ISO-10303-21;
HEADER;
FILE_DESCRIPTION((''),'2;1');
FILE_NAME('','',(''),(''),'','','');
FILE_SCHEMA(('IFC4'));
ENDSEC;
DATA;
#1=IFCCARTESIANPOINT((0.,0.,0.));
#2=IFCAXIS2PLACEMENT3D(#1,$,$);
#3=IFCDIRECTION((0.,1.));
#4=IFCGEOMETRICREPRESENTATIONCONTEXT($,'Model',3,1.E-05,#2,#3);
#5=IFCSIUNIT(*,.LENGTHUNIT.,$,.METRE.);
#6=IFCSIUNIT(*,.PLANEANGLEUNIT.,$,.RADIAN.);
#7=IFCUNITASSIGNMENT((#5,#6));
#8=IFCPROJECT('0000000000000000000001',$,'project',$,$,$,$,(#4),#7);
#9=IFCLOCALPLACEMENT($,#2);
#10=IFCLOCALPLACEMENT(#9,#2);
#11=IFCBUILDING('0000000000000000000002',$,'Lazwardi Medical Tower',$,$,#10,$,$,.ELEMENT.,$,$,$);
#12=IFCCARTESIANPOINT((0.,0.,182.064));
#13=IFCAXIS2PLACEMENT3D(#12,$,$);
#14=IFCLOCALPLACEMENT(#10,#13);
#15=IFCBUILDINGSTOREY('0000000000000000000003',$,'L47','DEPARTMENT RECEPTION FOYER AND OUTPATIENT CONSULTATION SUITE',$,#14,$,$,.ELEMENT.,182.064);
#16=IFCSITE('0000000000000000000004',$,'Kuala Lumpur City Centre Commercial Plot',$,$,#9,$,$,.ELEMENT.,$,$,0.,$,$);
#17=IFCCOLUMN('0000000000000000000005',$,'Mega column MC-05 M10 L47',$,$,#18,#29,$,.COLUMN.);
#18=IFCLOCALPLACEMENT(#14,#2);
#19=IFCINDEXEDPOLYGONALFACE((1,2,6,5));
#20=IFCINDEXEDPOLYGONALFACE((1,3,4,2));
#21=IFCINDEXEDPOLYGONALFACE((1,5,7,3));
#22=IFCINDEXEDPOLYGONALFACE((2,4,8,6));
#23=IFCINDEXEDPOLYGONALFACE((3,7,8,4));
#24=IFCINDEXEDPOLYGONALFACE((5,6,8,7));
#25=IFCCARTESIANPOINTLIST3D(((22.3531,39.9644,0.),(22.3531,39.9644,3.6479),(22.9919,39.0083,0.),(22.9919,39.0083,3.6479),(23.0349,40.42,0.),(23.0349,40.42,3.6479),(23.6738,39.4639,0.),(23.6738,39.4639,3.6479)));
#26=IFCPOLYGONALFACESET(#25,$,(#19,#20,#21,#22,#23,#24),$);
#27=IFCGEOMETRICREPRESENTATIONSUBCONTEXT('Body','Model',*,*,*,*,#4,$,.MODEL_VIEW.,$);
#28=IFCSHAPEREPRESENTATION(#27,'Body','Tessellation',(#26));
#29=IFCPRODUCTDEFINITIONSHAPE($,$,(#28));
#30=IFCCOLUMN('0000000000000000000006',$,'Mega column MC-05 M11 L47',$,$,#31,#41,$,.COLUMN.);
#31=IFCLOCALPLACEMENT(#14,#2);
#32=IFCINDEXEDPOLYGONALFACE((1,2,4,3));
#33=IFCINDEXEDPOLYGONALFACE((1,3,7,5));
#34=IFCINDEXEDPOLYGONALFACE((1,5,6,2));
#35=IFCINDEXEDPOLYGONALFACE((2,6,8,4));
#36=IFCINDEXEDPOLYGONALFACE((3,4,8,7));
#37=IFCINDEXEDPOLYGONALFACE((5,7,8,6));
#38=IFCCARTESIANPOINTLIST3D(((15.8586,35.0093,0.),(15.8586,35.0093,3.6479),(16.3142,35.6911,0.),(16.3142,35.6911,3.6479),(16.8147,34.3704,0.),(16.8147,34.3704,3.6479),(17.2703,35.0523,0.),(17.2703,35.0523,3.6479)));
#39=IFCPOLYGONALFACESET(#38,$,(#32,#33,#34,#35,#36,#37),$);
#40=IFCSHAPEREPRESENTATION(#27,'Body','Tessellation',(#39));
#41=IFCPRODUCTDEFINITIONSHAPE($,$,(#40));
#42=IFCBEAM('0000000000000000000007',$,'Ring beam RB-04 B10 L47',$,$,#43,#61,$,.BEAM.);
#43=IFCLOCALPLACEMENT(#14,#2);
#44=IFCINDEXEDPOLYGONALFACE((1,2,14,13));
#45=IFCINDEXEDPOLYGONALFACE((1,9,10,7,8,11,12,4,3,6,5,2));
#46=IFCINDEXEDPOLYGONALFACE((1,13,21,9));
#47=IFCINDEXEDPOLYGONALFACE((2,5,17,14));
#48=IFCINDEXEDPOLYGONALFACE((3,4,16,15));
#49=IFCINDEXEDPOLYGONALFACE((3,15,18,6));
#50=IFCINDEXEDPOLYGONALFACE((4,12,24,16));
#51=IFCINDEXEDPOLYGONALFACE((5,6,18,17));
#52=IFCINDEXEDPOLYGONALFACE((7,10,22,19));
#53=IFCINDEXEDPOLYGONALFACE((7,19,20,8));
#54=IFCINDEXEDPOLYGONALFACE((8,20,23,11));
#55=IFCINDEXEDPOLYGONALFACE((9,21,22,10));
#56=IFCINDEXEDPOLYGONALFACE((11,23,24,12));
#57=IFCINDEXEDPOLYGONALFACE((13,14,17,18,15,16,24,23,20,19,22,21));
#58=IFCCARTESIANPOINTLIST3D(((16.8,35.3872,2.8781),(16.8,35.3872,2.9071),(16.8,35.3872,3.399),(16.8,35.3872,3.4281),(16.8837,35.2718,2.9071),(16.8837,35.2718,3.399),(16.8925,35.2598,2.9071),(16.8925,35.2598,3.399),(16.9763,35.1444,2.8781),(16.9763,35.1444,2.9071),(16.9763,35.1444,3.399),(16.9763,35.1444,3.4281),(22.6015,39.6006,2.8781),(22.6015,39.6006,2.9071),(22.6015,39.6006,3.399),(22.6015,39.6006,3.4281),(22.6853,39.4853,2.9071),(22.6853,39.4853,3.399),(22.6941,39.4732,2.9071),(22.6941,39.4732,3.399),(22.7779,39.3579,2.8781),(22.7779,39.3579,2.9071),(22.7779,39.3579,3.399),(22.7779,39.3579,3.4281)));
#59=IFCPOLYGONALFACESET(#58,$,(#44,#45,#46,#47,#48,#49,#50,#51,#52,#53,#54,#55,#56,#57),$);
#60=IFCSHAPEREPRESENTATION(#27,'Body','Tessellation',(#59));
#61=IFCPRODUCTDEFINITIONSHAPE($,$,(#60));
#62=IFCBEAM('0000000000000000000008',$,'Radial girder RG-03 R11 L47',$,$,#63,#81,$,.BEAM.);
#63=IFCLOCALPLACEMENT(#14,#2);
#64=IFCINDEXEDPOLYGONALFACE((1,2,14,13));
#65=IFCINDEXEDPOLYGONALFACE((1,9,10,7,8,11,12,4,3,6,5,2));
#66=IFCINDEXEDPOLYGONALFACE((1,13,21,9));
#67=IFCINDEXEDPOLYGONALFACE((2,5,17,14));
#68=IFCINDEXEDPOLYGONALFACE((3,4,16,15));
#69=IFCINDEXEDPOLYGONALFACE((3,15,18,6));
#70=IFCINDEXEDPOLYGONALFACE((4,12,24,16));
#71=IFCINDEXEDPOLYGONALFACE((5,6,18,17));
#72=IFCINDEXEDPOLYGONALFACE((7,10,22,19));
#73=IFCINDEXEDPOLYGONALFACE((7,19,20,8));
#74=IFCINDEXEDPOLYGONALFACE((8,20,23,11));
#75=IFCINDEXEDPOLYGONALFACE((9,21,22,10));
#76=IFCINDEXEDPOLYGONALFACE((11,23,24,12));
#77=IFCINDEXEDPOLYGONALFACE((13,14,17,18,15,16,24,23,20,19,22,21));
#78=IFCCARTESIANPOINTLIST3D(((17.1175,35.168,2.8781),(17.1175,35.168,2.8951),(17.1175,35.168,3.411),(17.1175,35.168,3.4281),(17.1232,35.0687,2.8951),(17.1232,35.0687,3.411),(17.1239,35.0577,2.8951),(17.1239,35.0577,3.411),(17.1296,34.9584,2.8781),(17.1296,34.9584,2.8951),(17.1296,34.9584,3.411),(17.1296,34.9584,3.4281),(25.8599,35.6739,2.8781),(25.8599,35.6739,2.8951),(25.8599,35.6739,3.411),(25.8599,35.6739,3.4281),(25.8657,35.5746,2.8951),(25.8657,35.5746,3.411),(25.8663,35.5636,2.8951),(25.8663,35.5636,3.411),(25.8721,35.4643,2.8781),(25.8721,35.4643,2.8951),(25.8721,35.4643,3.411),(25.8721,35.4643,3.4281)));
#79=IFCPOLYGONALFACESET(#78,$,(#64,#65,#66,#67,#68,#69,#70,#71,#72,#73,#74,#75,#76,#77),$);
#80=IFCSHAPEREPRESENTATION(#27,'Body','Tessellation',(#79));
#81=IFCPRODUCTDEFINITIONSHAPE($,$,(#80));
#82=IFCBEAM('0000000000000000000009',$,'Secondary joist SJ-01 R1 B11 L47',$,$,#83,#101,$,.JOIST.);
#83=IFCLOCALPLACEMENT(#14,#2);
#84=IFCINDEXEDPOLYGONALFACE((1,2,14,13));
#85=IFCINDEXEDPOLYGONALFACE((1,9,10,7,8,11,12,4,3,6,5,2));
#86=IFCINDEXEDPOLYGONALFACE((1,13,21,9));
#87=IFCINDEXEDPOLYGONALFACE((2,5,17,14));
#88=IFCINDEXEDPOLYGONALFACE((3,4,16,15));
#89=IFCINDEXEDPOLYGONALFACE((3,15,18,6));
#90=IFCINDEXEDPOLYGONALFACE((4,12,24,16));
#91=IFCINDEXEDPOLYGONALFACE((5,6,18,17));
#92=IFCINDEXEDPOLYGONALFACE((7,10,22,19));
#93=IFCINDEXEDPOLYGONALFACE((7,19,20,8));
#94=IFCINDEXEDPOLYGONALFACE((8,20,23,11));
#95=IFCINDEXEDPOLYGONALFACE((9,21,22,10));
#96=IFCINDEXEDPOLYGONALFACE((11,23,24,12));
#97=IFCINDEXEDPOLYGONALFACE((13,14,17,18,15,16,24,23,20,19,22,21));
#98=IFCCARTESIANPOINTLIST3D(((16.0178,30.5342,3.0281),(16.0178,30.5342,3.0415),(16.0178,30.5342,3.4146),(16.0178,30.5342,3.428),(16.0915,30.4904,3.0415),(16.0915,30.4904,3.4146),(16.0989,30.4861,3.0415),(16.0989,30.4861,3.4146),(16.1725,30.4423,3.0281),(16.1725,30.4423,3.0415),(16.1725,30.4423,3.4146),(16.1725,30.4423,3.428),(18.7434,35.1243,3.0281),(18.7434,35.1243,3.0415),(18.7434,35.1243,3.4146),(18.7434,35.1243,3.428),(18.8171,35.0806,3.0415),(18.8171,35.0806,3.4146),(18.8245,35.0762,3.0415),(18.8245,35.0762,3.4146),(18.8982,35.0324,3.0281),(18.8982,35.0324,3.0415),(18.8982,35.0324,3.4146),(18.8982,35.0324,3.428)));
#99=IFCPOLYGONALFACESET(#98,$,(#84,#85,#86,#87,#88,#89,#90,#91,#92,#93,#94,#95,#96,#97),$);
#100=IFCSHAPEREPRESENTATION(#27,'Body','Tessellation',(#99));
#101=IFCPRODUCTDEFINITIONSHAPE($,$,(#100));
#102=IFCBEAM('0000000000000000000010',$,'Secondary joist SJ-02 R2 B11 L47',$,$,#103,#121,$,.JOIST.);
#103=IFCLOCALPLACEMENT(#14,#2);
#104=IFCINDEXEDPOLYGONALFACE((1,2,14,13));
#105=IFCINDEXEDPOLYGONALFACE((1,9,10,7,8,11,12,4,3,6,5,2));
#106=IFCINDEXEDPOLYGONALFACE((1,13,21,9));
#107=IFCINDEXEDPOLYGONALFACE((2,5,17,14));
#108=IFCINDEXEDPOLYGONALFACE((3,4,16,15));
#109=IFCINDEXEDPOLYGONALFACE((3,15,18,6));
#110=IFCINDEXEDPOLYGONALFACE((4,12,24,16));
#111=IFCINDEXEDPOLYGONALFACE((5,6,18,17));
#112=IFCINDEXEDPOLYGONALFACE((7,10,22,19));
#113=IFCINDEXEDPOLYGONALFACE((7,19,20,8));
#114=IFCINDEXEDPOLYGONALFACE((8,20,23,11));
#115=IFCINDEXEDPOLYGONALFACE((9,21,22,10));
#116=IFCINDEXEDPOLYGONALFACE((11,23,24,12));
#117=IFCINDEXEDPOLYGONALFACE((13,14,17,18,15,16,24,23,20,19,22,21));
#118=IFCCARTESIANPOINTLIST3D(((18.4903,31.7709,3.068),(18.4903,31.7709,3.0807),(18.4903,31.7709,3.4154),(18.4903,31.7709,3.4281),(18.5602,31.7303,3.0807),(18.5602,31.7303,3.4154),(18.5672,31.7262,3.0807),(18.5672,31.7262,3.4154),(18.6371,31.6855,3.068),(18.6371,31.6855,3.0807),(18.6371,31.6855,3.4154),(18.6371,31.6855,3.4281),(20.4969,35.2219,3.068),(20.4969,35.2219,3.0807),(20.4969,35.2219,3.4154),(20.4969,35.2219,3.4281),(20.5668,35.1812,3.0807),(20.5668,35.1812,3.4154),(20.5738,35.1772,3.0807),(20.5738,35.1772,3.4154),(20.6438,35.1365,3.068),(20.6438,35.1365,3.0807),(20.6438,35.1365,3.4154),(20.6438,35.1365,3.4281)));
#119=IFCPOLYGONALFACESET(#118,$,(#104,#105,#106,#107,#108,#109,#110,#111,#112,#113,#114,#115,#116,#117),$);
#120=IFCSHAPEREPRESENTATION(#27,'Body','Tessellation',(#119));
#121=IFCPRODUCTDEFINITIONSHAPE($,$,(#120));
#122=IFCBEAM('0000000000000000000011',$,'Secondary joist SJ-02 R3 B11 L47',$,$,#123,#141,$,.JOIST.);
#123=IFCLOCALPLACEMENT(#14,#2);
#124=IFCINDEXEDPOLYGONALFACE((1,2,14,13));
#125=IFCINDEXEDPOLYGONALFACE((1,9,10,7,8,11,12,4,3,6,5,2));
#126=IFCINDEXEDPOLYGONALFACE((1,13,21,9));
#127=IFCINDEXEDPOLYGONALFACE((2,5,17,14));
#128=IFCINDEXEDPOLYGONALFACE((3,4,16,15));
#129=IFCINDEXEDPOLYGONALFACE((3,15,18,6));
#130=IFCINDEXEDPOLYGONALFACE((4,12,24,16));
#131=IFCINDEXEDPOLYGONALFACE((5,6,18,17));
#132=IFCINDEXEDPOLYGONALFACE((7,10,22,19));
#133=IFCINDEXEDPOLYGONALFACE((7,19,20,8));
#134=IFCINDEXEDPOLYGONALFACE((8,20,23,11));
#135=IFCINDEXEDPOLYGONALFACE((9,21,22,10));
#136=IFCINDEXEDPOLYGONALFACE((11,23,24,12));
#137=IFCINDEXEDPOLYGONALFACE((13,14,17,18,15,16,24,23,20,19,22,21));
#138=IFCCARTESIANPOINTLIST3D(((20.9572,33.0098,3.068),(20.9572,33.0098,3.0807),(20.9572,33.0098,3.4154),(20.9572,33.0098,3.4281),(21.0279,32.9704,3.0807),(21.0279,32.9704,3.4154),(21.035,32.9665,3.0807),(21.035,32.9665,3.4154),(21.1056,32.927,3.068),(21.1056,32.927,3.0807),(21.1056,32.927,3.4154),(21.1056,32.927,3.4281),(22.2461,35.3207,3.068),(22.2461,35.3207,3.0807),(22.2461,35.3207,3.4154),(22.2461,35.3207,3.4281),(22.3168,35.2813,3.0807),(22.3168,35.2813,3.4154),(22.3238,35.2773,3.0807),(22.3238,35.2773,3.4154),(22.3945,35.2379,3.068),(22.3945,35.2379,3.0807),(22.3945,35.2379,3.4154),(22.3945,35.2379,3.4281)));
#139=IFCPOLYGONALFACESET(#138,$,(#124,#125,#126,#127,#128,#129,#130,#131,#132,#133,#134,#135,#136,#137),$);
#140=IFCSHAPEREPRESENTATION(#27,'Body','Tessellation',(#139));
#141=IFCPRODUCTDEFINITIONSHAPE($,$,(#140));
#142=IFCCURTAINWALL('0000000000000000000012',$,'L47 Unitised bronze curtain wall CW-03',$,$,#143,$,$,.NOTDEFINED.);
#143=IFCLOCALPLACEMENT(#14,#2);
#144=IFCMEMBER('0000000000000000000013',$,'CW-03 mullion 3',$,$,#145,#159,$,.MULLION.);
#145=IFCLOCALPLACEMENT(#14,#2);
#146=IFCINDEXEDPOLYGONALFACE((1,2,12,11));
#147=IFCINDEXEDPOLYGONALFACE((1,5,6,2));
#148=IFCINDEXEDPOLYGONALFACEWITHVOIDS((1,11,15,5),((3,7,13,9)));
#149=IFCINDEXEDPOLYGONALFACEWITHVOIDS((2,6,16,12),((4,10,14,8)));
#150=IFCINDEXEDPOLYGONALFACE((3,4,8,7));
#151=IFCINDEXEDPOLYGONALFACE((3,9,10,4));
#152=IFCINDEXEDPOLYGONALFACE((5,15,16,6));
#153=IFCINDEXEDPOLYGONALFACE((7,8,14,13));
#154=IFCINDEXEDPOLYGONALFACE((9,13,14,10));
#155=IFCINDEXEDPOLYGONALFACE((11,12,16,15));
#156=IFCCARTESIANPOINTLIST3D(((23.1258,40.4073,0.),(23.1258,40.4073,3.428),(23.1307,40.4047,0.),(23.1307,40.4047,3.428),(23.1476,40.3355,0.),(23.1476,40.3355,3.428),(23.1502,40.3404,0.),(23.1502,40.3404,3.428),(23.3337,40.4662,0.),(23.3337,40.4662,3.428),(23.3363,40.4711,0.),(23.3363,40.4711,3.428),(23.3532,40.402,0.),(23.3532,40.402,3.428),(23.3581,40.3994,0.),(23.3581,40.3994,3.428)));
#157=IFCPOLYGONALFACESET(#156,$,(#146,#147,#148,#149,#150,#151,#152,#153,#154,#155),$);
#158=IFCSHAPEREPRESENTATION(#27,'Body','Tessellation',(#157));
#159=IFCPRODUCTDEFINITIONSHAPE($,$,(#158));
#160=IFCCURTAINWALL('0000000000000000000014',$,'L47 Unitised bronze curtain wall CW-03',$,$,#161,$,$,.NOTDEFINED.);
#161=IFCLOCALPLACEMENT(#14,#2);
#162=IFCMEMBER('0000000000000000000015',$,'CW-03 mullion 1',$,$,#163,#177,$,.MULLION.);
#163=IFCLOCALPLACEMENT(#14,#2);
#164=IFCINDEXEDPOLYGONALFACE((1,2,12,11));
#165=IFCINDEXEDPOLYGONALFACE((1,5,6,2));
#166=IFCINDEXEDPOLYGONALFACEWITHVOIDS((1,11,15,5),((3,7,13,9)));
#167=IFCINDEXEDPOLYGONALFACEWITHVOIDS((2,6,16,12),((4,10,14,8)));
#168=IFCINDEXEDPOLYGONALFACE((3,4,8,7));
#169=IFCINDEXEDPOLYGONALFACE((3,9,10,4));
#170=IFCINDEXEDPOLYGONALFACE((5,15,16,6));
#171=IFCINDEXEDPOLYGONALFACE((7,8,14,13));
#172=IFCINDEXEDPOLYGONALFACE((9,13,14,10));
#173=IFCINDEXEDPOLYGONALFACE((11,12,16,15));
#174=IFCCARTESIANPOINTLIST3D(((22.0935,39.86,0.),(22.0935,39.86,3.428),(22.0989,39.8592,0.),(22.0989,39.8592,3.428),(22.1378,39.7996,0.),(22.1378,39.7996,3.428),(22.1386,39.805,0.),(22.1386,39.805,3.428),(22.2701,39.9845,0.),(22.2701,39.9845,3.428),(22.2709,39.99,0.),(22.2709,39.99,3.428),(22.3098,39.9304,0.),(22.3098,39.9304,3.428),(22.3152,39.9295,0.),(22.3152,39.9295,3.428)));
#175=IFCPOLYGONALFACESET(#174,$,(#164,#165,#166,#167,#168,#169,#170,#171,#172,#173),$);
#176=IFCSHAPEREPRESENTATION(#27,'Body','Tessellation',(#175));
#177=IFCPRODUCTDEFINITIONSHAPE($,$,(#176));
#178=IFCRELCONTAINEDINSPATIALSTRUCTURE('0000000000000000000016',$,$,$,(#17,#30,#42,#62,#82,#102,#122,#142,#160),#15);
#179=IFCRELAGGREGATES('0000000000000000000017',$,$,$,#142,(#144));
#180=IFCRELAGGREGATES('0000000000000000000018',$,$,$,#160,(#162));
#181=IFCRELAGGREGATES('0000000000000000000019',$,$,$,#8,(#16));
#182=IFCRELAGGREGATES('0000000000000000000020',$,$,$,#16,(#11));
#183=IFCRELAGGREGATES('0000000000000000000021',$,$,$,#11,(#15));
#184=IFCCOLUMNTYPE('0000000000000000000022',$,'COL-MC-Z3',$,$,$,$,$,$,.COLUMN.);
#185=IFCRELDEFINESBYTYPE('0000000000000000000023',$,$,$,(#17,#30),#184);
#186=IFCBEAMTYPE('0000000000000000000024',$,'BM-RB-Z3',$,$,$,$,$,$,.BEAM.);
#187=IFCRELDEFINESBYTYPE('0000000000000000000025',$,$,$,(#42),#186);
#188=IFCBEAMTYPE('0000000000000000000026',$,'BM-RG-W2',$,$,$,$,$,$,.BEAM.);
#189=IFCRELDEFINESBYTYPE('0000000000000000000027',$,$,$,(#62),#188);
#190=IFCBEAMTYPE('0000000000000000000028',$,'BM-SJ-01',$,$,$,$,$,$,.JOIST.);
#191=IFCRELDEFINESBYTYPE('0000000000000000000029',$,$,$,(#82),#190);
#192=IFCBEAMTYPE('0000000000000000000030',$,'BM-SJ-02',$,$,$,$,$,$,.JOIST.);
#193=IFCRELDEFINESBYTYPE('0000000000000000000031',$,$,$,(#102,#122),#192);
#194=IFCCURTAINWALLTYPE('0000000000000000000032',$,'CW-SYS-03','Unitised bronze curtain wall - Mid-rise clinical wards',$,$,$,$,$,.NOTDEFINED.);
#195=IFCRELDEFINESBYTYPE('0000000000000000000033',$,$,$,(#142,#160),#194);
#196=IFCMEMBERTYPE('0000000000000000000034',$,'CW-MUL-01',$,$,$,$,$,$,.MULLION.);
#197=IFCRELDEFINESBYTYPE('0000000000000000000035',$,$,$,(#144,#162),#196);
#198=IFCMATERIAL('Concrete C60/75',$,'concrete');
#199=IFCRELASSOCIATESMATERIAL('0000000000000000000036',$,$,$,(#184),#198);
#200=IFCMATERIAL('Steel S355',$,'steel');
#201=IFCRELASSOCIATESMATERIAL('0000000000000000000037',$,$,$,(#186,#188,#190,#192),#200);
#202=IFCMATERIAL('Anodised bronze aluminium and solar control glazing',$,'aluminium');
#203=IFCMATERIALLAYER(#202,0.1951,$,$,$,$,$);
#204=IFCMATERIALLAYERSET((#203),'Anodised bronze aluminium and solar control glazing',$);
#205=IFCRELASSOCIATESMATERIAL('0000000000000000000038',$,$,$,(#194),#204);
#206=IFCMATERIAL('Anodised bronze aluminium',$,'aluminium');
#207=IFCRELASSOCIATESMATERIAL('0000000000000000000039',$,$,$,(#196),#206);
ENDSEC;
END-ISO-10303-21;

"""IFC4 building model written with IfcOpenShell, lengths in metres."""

from ifc_helpers import new_model, si_unit, direction, frame, origin, origin_2d, place, context, subcontext, project, spatial, rectangle, hollow_rectangle, i_section, extrude, material, layer, layer_set, material_profile, profile_set, type_object, element, aggregate, save


model = new_model("IFC4")

# Units and contexts
model_context = context("Model", 3, precision=1e-05, world=origin(), true_north=direction((0.0, 1.0)))
body_context = subcontext(model_context, "Body", "Model", "MODEL_VIEW")
ifc_project = project(units=[si_unit("LENGTHUNIT", "METRE"), si_unit("PLANEANGLEUNIT", "RADIAN")], contexts=[model_context])

# Site, building, storey
site_placement = place(None, origin())
site = spatial("IfcSite", under=ifc_project, at=site_placement, Name="Kuala Lumpur City Centre Commercial Plot", CompositionType="ELEMENT", RefElevation=0.0)
building_placement = place(site_placement, origin())
building = spatial("IfcBuilding", under=site, at=building_placement, Name="Lazwardi Medical Tower", CompositionType="ELEMENT")
storey_placement = place(building_placement, frame((0.0, 0.0, 182.064)))
storey = spatial("IfcBuildingStorey", under=building, at=storey_placement, Name="L47", Description="DEPARTMENT RECEPTION FOYER AND OUTPATIENT CONSULTATION SUITE", CompositionType="ELEMENT", Elevation=182.064)

# Columns
ifc_material_1 = material(Name="Concrete C60/75", Category="concrete")
ifc_material_profile_1 = material_profile(ifc_material_1, rectangle(XDim=1.1499, YDim=0.8201, at=origin_2d()), Name="CFT-RECT 1150x820")
ifc_profile_set_1 = profile_set([ifc_material_profile_1], Name="Concrete C60/75")
column_type = type_object("IfcColumnType", Name="COL-MC-Z3", PredefinedType="COLUMN", material=ifc_profile_set_1)
for number, where, z_axis, x_axis, name in (
    (1, (23.0134, 39.7141, 0.0), (0.0, 0.0, 1.0), (-0.55557, 0.83147, 0.0), "Mega column MC-05 M10 L47"),
    (2, (16.5645, 35.0308, 0.0), (0.0, 0.0, 1.0), (-0.83147, 0.55557, 0.0), "Mega column MC-05 M11 L47"),
):
    element("IfcColumn", number, at=place(storey_placement, frame(where, z_axis=z_axis, x_axis=x_axis)), inside=storey, type_object=column_type, Name=name, PredefinedType="COLUMN", context=body_context, shape_type="SweptSolid", body=[
        extrude(rectangle(XDim=1.1499, YDim=0.8201, at=origin_2d()), origin(), (0.0, 0.0, 1.0), 3.6479),
    ])

# Beams
ifc_material_2 = material(Name="Steel S355", Category="steel")
ifc_material_profile_2 = material_profile(ifc_material_2, i_section(OverallWidth=0.3, OverallDepth=0.55, WebThickness=0.0149, FlangeThickness=0.0291, at=origin_2d()), Name="HEB 550")
ifc_profile_set_2 = profile_set([ifc_material_profile_2], Name="Steel S355")
beam_type_1 = type_object("IfcBeamType", Name="BM-RB-Z3", PredefinedType="BEAM", material=ifc_profile_set_2)
beam_1_placement = place(storey_placement, frame((22.6897, 39.4792, 3.1531), z_axis=(-0.809128, -0.587633, 0.0), x_axis=(0.587633, -0.809128, 0.0)))
element("IfcBeam", 3, at=beam_1_placement, inside=storey, type_object=beam_type_1, Name="Ring beam RB-04 B10 L47", PredefinedType="BEAM", context=body_context, shape_type="SweptSolid", body=[
    extrude(i_section(OverallWidth=0.3, OverallDepth=0.55, WebThickness=0.0149, FlangeThickness=0.0291, at=origin_2d()), origin(), (0.0, 0.0, 1.0), 7.1702),
])
ifc_material_profile_3 = material_profile(ifc_material_2, i_section(OverallWidth=0.21, OverallDepth=0.55, WebThickness=0.011, FlangeThickness=0.0171, at=origin_2d()), Name="IPE 550")
ifc_profile_set_3 = profile_set([ifc_material_profile_3], Name="Steel S355")
beam_type_2 = type_object("IfcBeamType", Name="BM-RG-W2", PredefinedType="BEAM", material=ifc_profile_set_3)
beam_2_placement = place(storey_placement, frame((17.1235, 35.0632, 3.1531), z_axis=(0.99833, 0.057766, 0.0), x_axis=(-0.057766, 0.99833, 0.0)))
element("IfcBeam", 4, at=beam_2_placement, inside=storey, type_object=beam_type_2, Name="Radial girder RG-03 R11 L47", PredefinedType="BEAM", context=body_context, shape_type="SweptSolid", body=[
    extrude(i_section(OverallWidth=0.21, OverallDepth=0.55, WebThickness=0.011, FlangeThickness=0.0171, at=origin_2d()), origin(), (0.0, 0.0, 1.0), 8.7571),
])
ifc_material_profile_4 = material_profile(ifc_material_2, i_section(OverallWidth=0.1799, OverallDepth=0.3999, WebThickness=0.0085, FlangeThickness=0.0134, at=origin_2d()), Name="IPE 400")
ifc_profile_set_4 = profile_set([ifc_material_profile_4], Name="Steel S355")
beam_type_3 = type_object("IfcBeamType", Name="BM-SJ-01", PredefinedType="JOIST", material=ifc_profile_set_4)
beam_3_placement = place(storey_placement, frame((18.8208, 35.0784, 3.228), z_axis=(-0.510569, -0.859837, 0.0), x_axis=(0.859837, -0.510569, 0.0)))
element("IfcBeam", 5, at=beam_3_placement, inside=storey, type_object=beam_type_3, Name="Secondary joist SJ-01 R1 B11 L47", PredefinedType="JOIST", context=body_context, shape_type="SweptSolid", body=[
    extrude(i_section(OverallWidth=0.1799, OverallDepth=0.3999, WebThickness=0.0085, FlangeThickness=0.0134, at=origin_2d()), origin(), (0.0, 0.0, 1.0), 5.3384),
])
ifc_material_profile_5 = material_profile(ifc_material_2, i_section(OverallWidth=0.1699, OverallDepth=0.3601, WebThickness=0.0081, FlangeThickness=0.0127, at=origin_2d()), Name="IPE 360")
ifc_profile_set_5 = profile_set([ifc_material_profile_5], Name="Steel S355")
beam_type_4 = type_object("IfcBeamType", Name="BM-SJ-02", PredefinedType="JOIST", material=ifc_profile_set_5)
beam_4_placement = place(storey_placement, frame((20.5703, 35.1792, 3.248), z_axis=(-0.502665, -0.864481, 0.0), x_axis=(0.864481, -0.502665, 0.0)))
element("IfcBeam", 6, at=beam_4_placement, inside=storey, type_object=beam_type_4, Name="Secondary joist SJ-02 R2 B11 L47", PredefinedType="JOIST", context=body_context, shape_type="SweptSolid", body=[
    extrude(i_section(OverallWidth=0.1699, OverallDepth=0.3601, WebThickness=0.0081, FlangeThickness=0.0127, at=origin_2d()), origin(), (0.0, 0.0, 1.0), 3.9919),
])
beam_5_placement = place(storey_placement, frame((22.3203, 35.2793, 3.248), z_axis=(-0.487099, -0.873347, 0.0), x_axis=(0.873347, -0.487099, 0.0)))
element("IfcBeam", 7, at=beam_5_placement, inside=storey, type_object=beam_type_4, Name="Secondary joist SJ-02 R3 B11 L47", PredefinedType="JOIST", context=body_context, shape_type="SweptSolid", body=[
    extrude(i_section(OverallWidth=0.1699, OverallDepth=0.3601, WebThickness=0.0081, FlangeThickness=0.0127, at=origin_2d()), origin(), (0.0, 0.0, 1.0), 2.646),
])

# Curtain wall, member
ifc_material_3 = material(Name="Anodised bronze aluminium and solar control glazing", Category="aluminium")
ifc_layer_1 = layer(ifc_material_3, 0.1951)
ifc_layer_set_1 = layer_set([ifc_layer_1], Name="Anodised bronze aluminium and solar control glazing")
curtain_wall_type = type_object("IfcCurtainWallType", Name="CW-SYS-03", Description="Unitised bronze curtain wall - Mid-rise clinical wards", PredefinedType="NOTDEFINED", material=ifc_layer_set_1)
curtain_wall_1_placement = place(storey_placement, origin())
curtain_wall_1 = element("IfcCurtainWall", 8, at=curtain_wall_1_placement, inside=storey, type_object=curtain_wall_type, Name="L47 Unitised bronze curtain wall CW-03", PredefinedType="NOTDEFINED")
ifc_material_4 = material(Name="Anodised bronze aluminium", Category="aluminium")
ifc_material_profile_6 = material_profile(ifc_material_4, hollow_rectangle(XDim=0.075, YDim=0.22, WallThickness=0.0039, at=origin_2d()), Name="ALU-MULLION 220x75x4")
ifc_profile_set_6 = profile_set([ifc_material_profile_6], Name="Anodised bronze aluminium")
member_type_1 = type_object("IfcMemberType", Name="CW-MUL-01", PredefinedType="MULLION", material=ifc_profile_set_6)
member_1_placement = place(storey_placement, frame((23.2419, 40.4033, 0.0), z_axis=(0.0, 0.0, 1.0), x_axis=(0.290281, -0.956942, 0.0)))
member_1 = element("IfcMember", 9, at=member_1_placement, type_object=member_type_1, Name="CW-03 mullion 3", PredefinedType="MULLION", context=body_context, shape_type="SweptSolid", body=[
    extrude(hollow_rectangle(XDim=0.075, YDim=0.22, WallThickness=0.0039, at=origin_2d()), origin(), (0.0, 0.0, 1.0), 3.428),
])
aggregate(curtain_wall_1, [member_1])

# Curtain wall, member
curtain_wall_2_placement = place(storey_placement, origin())
curtain_wall_2 = element("IfcCurtainWall", 10, at=curtain_wall_2_placement, inside=storey, type_object=curtain_wall_type, Name="L47 Unitised bronze curtain wall CW-03", PredefinedType="NOTDEFINED")
member_2_placement = place(storey_placement, frame((22.2043, 39.8948, 0.0), z_axis=(0.0, 0.0, 1.0), x_axis=(0.590834, -0.806793, 0.0)))
member_2 = element("IfcMember", 11, at=member_2_placement, type_object=member_type_1, Name="CW-03 mullion 1", PredefinedType="MULLION", context=body_context, shape_type="SweptSolid", body=[
    extrude(hollow_rectangle(XDim=0.075, YDim=0.22, WallThickness=0.0039, at=origin_2d()), origin(), (0.0, 0.0, 1.0), 3.428),
])

aggregate(curtain_wall_2, [member_2])

save(model, "model.ifc")
